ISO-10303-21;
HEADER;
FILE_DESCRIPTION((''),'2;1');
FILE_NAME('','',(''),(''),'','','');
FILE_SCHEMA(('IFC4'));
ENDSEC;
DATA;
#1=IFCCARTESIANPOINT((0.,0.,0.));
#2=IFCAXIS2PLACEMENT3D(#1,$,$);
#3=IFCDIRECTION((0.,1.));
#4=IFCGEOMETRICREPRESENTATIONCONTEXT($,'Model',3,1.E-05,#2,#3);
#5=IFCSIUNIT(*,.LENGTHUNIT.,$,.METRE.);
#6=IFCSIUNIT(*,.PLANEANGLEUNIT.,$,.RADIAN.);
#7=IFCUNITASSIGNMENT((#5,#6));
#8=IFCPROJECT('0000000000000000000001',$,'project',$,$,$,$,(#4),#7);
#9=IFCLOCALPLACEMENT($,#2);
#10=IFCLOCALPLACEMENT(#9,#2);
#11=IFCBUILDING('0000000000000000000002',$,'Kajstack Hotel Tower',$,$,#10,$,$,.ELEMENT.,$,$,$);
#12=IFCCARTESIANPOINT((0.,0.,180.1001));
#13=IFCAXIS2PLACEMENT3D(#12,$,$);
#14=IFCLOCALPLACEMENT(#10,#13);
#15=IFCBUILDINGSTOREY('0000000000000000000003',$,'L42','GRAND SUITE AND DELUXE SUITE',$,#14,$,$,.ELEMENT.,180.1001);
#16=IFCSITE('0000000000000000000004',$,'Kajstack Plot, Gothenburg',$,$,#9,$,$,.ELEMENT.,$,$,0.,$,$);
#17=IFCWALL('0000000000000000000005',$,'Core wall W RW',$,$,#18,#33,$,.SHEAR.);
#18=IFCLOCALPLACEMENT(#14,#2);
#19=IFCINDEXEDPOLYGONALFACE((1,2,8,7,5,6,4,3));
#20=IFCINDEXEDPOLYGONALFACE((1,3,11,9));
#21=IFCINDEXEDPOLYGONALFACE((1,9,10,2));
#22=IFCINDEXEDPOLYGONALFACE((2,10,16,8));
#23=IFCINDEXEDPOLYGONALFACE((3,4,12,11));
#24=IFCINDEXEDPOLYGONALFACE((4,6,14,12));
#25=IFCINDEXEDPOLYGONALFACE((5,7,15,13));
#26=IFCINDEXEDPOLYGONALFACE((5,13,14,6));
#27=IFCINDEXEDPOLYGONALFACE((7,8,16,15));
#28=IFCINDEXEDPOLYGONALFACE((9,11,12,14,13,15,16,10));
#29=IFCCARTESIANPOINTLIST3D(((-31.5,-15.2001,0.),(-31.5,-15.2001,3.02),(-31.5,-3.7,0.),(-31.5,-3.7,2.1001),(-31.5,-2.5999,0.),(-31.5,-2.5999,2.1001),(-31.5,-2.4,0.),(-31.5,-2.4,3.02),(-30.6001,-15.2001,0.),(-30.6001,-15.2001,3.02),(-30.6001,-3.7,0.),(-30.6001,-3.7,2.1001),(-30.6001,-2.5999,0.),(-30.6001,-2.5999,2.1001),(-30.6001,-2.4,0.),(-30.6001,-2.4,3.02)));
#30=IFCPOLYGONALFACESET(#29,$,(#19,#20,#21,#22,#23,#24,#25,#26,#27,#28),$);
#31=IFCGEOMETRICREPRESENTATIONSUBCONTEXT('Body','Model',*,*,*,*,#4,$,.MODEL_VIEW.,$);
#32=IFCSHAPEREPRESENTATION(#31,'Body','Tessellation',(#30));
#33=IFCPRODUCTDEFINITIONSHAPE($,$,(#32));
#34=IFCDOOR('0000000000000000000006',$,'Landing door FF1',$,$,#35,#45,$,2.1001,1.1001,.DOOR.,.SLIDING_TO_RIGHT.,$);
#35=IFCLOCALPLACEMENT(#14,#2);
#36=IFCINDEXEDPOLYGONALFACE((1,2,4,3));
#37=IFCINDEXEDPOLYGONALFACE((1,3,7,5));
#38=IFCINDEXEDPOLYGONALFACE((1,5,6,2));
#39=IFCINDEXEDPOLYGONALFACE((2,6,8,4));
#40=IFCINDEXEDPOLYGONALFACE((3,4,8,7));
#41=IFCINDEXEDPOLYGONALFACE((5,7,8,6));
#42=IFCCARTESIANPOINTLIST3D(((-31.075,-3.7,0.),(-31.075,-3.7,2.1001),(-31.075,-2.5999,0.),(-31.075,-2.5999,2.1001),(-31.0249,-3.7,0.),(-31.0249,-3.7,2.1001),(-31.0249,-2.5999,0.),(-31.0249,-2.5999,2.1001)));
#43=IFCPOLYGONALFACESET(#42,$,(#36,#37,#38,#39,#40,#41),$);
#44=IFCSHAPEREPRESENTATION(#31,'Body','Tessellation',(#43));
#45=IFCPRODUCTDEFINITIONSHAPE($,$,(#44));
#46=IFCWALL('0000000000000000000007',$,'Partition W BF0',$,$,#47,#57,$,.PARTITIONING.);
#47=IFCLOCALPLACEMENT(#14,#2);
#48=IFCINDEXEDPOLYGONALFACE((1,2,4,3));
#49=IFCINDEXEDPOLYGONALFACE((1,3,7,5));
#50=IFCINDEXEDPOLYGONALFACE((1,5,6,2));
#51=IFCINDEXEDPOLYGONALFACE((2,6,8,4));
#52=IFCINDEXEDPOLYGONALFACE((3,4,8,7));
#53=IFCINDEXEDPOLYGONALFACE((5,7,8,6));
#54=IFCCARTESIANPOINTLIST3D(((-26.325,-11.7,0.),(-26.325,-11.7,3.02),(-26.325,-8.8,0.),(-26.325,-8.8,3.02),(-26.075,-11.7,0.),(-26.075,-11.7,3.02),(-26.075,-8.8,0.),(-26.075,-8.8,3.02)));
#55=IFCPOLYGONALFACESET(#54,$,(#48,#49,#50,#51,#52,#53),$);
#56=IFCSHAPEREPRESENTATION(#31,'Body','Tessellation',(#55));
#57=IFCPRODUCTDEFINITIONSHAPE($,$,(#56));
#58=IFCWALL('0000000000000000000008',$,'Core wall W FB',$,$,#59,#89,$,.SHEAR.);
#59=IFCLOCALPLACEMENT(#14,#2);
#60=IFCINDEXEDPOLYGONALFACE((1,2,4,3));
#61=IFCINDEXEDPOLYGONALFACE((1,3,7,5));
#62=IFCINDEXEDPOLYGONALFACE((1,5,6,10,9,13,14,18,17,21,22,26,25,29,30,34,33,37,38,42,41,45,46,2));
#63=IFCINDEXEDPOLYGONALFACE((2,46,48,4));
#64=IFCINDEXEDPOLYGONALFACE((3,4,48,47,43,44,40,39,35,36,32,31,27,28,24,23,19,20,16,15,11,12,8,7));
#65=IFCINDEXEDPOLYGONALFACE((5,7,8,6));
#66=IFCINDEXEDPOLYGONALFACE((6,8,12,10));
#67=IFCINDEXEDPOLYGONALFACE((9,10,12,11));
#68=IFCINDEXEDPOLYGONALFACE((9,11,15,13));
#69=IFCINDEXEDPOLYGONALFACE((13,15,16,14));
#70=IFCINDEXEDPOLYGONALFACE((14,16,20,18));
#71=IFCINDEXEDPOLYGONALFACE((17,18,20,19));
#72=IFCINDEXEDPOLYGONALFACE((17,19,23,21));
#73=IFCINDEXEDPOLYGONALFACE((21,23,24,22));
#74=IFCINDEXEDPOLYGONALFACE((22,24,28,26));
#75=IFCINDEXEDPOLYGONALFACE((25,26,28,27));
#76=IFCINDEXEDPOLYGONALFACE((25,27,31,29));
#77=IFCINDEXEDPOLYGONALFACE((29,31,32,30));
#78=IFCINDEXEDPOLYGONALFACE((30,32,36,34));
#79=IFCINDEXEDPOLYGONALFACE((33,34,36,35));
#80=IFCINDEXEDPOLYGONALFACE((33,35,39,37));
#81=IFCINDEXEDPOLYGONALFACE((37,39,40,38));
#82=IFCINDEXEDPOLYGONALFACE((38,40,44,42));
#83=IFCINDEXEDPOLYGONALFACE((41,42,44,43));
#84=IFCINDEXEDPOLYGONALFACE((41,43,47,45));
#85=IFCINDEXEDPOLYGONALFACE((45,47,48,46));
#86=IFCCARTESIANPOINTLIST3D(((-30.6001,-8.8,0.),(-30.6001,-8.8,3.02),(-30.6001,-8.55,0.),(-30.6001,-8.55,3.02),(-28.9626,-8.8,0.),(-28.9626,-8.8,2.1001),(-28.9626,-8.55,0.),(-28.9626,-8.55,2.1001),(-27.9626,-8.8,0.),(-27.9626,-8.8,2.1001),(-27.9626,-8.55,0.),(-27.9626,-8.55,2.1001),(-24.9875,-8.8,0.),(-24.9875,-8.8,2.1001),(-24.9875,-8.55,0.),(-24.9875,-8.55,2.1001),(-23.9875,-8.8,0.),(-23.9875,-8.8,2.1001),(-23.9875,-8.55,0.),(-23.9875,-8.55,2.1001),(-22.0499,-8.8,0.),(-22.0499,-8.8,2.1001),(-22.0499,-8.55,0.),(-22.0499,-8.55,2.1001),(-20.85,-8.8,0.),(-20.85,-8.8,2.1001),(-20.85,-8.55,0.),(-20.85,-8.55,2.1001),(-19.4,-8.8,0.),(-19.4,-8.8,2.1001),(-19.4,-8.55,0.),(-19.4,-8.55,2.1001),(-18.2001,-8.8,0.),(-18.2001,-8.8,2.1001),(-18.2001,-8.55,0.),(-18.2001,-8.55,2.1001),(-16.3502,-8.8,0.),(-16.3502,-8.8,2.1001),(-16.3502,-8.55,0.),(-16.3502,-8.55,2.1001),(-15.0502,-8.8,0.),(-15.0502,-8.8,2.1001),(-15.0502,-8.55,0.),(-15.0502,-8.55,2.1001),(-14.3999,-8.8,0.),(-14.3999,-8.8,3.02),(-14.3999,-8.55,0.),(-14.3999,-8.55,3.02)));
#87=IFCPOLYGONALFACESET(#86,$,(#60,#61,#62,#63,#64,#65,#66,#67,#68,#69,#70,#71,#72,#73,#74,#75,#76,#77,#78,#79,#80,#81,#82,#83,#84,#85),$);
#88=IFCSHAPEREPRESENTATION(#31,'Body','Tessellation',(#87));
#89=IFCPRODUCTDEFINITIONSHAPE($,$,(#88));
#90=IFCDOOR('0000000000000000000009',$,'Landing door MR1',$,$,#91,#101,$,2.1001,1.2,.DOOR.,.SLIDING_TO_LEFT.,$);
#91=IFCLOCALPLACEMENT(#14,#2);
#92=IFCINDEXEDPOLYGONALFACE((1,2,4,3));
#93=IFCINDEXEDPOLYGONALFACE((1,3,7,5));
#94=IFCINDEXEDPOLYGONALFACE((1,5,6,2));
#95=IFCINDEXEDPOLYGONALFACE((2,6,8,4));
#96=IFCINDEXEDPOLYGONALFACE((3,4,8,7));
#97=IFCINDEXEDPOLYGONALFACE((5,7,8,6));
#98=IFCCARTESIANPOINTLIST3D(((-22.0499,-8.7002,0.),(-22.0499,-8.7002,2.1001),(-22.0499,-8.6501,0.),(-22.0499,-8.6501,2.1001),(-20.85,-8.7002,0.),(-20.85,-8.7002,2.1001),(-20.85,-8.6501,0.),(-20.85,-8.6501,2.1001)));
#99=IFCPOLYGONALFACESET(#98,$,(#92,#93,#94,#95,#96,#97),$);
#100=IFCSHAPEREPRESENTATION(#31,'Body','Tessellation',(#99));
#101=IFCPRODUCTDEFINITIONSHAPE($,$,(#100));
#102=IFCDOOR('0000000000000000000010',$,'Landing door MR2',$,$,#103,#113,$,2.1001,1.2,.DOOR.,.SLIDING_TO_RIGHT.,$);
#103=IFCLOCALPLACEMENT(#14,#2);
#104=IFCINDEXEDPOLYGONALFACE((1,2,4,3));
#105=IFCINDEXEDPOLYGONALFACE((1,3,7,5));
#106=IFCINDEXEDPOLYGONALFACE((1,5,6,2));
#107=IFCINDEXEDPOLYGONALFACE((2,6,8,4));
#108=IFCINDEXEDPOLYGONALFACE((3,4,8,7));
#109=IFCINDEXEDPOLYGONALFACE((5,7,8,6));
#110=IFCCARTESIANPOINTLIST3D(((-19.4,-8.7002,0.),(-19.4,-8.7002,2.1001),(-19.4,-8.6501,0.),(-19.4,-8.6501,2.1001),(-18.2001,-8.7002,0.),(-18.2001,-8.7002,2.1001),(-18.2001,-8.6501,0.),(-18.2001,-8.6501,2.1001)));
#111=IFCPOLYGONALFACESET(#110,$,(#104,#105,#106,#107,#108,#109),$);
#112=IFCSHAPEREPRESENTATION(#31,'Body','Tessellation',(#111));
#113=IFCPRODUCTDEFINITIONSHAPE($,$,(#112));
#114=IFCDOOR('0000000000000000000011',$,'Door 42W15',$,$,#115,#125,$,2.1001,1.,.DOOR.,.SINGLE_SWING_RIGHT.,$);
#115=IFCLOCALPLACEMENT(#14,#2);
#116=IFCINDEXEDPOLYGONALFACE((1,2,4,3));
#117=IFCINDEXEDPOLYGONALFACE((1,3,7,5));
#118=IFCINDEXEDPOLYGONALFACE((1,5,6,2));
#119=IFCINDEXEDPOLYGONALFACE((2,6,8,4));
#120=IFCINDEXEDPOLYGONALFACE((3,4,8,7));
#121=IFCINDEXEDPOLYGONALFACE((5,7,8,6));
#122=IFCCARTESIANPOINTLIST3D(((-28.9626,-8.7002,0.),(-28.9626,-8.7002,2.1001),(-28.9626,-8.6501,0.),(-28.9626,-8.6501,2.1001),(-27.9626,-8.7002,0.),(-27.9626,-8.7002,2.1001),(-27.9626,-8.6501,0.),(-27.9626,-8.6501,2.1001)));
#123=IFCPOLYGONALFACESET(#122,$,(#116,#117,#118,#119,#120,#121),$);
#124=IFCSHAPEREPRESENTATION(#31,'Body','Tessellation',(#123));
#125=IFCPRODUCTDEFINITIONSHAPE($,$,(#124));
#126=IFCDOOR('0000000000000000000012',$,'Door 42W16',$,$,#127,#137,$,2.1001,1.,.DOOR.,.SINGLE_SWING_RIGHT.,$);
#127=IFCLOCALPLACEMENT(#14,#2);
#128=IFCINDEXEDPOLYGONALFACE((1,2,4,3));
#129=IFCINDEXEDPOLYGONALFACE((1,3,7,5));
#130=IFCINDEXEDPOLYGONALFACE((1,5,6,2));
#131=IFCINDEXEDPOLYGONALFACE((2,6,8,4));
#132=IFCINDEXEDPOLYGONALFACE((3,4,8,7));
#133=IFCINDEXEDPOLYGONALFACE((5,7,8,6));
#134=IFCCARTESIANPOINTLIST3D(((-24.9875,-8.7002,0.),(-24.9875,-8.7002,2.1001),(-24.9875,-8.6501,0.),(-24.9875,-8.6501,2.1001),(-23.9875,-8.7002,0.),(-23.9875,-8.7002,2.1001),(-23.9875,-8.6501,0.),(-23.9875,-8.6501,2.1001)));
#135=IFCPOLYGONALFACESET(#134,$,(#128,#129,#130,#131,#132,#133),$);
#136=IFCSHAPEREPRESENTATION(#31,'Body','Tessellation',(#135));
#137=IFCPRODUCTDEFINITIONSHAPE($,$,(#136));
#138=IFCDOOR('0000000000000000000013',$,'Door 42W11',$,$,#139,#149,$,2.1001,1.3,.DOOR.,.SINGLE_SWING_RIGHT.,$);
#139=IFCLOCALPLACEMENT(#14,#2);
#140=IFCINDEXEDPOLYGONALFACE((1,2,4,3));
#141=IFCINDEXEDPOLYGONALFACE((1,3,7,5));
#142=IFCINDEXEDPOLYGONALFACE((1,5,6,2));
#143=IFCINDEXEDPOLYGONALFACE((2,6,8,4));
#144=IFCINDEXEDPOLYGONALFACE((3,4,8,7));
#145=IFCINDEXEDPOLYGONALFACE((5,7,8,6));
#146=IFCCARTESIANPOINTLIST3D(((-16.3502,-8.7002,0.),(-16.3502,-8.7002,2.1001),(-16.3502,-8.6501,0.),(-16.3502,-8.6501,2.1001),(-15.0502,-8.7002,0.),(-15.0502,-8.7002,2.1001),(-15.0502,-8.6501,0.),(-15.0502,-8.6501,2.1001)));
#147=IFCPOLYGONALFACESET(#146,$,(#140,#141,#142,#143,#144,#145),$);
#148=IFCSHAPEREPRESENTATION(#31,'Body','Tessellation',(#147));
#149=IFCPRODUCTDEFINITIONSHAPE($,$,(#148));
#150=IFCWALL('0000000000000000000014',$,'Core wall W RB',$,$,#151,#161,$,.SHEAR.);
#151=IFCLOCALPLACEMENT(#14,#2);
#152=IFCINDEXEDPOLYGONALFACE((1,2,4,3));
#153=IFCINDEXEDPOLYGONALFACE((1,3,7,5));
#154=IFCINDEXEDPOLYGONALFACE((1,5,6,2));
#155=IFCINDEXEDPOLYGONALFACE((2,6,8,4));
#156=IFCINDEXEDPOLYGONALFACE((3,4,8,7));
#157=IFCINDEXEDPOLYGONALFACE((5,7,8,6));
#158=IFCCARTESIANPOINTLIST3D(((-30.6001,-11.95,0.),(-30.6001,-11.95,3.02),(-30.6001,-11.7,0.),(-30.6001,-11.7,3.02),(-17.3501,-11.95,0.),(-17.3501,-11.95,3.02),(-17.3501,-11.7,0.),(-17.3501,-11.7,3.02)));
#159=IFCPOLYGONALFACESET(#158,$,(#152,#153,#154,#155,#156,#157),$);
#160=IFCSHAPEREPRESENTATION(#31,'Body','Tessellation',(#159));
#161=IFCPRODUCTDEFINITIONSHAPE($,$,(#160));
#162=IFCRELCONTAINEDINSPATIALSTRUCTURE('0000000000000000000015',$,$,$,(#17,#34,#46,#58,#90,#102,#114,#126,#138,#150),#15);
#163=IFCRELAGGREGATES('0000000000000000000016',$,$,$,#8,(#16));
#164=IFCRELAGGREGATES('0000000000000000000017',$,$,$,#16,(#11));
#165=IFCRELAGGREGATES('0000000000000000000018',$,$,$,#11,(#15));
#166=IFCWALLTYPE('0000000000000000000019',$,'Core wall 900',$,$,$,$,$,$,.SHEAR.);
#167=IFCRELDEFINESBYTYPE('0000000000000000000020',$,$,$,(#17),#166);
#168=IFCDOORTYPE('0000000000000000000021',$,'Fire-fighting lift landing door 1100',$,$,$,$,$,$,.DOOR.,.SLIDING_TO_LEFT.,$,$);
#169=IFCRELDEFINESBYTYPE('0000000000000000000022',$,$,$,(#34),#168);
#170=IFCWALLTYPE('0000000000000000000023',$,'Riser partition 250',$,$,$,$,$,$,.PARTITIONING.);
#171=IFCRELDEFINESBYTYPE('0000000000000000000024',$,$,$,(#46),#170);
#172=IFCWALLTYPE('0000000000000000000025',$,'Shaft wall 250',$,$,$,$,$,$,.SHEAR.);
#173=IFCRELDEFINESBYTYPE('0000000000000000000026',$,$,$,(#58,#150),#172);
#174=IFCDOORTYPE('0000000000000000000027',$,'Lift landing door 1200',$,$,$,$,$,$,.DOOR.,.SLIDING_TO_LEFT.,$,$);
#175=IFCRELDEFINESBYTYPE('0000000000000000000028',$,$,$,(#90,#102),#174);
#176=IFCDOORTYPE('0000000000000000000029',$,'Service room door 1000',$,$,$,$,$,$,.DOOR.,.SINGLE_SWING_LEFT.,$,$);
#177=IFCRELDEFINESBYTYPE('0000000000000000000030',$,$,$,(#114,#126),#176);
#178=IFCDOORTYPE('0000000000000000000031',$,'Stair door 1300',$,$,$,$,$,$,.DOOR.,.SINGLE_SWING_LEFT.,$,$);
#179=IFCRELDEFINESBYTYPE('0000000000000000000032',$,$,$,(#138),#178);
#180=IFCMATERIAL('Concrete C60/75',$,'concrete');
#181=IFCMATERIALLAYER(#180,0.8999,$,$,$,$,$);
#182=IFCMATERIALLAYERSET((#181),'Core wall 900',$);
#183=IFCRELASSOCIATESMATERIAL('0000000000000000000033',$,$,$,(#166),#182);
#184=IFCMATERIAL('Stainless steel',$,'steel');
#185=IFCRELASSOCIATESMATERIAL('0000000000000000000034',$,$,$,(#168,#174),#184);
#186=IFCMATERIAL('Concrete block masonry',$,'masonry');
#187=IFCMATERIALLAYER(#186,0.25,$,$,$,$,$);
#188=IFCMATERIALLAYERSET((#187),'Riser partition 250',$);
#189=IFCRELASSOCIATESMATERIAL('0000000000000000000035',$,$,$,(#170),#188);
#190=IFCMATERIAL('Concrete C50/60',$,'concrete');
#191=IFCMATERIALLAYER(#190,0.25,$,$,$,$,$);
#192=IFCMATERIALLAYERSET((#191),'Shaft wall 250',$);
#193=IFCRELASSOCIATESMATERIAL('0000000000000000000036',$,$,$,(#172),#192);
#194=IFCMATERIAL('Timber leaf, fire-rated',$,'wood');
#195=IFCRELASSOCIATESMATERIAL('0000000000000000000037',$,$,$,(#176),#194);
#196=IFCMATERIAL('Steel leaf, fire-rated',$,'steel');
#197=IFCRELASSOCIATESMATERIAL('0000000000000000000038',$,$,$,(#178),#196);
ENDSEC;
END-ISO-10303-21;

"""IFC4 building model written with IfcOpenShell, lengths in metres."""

from ifc_helpers import new_model, si_unit, direction, frame, frame_2d, origin, place, context, subcontext, project, spatial, rectangle, extrude, material, layer, layer_set, type_object, element, fill, save


model = new_model("IFC4")

# Units and contexts
model_context = context("Model", 3, precision=1e-05, world=origin(), true_north=direction((0.0, 1.0)))
body_context = subcontext(model_context, "Body", "Model", "MODEL_VIEW")
ifc_project = project(units=[si_unit("LENGTHUNIT", "METRE"), si_unit("PLANEANGLEUNIT", "RADIAN")], contexts=[model_context])

# Site, building, storey
site_placement = place(None, origin())
site = spatial("IfcSite", under=ifc_project, at=site_placement, Name="Kajstack Plot, Gothenburg", CompositionType="ELEMENT", RefElevation=0.0)
building_placement = place(site_placement, origin())
building = spatial("IfcBuilding", under=site, at=building_placement, Name="Kajstack Hotel Tower", CompositionType="ELEMENT")
storey_placement = place(building_placement, frame((0.0, 0.0, 180.1001)))
storey = spatial("IfcBuildingStorey", under=building, at=storey_placement, Name="L42", Description="GRAND SUITE AND DELUXE SUITE", CompositionType="ELEMENT", Elevation=180.1001)

# Wall, opening, door
ifc_material_1 = material(Name="Concrete C60/75", Category="concrete")
ifc_layer_1 = layer(ifc_material_1, 0.8999)
ifc_layer_set_1 = layer_set([ifc_layer_1], Name="Core wall 900")
wall_type_1 = type_object("IfcWallType", Name="Core wall 900", PredefinedType="SHEAR", material=ifc_layer_set_1)
wall_1_placement = place(storey_placement, frame((-31.05, -15.2, 0.0), z_axis=(0.0, 0.0, 1.0), x_axis=(0.0, 1.0, 0.0)))
wall_1 = element("IfcWall", 1, at=wall_1_placement, inside=storey, type_object=wall_type_1, Name="Core wall W RW", PredefinedType="SHEAR", context=body_context, shape_type="SweptSolid", body=[
    extrude(rectangle(XDim=12.8, YDim=0.8999, at=frame_2d((6.3999, 0.0))), origin(), (0.0, 0.0, 1.0), 3.02),
])
opening_1_placement = place(wall_1_placement, frame((11.5, 0.0, 0.0)))
opening_1 = element("IfcOpeningElement", 2, at=opening_1_placement, cuts=wall_1, PredefinedType="OPENING", context=body_context, shape_type="SweptSolid", body=[
    extrude(rectangle(XDim=1.1001, YDim=2.1001, at=frame_2d((0.55, 1.05))), frame((0.0, 0.46, 0.0), z_axis=(0.0, -1.0, 0.0), x_axis=(1.0, 0.0, 0.0)), (0.0, 0.0, 1.0), 0.9199),
])
ifc_material_2 = material(Name="Stainless steel", Category="steel")
door_type_1 = type_object("IfcDoorType", Name="Fire-fighting lift landing door 1100", OperationType="SLIDING_TO_LEFT", PredefinedType="DOOR", material=ifc_material_2)
door_1_placement = place(opening_1_placement, origin())
door_1 = element("IfcDoor", 3, at=door_1_placement, inside=storey, type_object=door_type_1, Name="Landing door FF1", OperationType="SLIDING_TO_RIGHT", OverallHeight=2.1001, OverallWidth=1.1001, PredefinedType="DOOR", context=body_context, shape_type="SweptSolid", body=[
    extrude(rectangle(XDim=1.1001, YDim=2.1001, at=frame_2d((0.55, 1.05))), frame((0.0, 0.0249, 0.0), z_axis=(0.0, -1.0, 0.0), x_axis=(1.0, 0.0, 0.0)), (0.0, 0.0, 1.0), 0.05),
])
fill(opening_1, door_1)

# Wall
ifc_material_3 = material(Name="Concrete block masonry", Category="masonry")
ifc_layer_2 = layer(ifc_material_3, 0.25)
ifc_layer_set_2 = layer_set([ifc_layer_2], Name="Riser partition 250")
wall_type_2 = type_object("IfcWallType", Name="Riser partition 250", PredefinedType="PARTITIONING", material=ifc_layer_set_2)
wall_2_placement = place(storey_placement, frame((-26.2, -11.7, 0.0), z_axis=(0.0, 0.0, 1.0), x_axis=(0.0, 1.0, 0.0)))
element("IfcWall", 4, at=wall_2_placement, inside=storey, type_object=wall_type_2, Name="Partition W BF0", PredefinedType="PARTITIONING", context=body_context, shape_type="SweptSolid", body=[
    extrude(rectangle(XDim=2.8999, YDim=0.25, at=frame_2d((1.45, 0.0))), origin(), (0.0, 0.0, 1.0), 3.02),
])

# Wall, openings, doors
ifc_material_4 = material(Name="Concrete C50/60", Category="concrete")
ifc_layer_3 = layer(ifc_material_4, 0.25)
ifc_layer_set_3 = layer_set([ifc_layer_3], Name="Shaft wall 250")
wall_type_3 = type_object("IfcWallType", Name="Shaft wall 250", PredefinedType="SHEAR", material=ifc_layer_set_3)
wall_3_placement = place(storey_placement, frame((-30.6001, -8.675, 0.0), z_axis=(0.0, 0.0, 1.0), x_axis=(1.0, 0.0, 0.0)))
wall_3 = element("IfcWall", 5, at=wall_3_placement, inside=storey, type_object=wall_type_3, Name="Core wall W FB", PredefinedType="SHEAR", context=body_context, shape_type="SweptSolid", body=[
    extrude(rectangle(XDim=16.2002, YDim=0.25, at=frame_2d((8.1001, 0.0))), origin(), (0.0, 0.0, 1.0), 3.02),
])
opening_2_placement = place(wall_3_placement, frame((8.55, 0.0, 0.0)))
opening_2 = element("IfcOpeningElement", 6, at=opening_2_placement, cuts=wall_3, PredefinedType="OPENING", context=body_context, shape_type="SweptSolid", body=[
    extrude(rectangle(XDim=1.2, YDim=2.1001, at=frame_2d((0.6001, 1.05))), frame((0.0, 0.135, 0.0), z_axis=(0.0, -1.0, 0.0), x_axis=(1.0, 0.0, 0.0)), (0.0, 0.0, 1.0), 0.27),
])
opening_3_placement = place(wall_3_placement, frame((11.2, 0.0, 0.0)))
opening_3 = element("IfcOpeningElement", 7, at=opening_3_placement, cuts=wall_3, PredefinedType="OPENING", context=body_context, shape_type="SweptSolid", body=[
    extrude(rectangle(XDim=1.2, YDim=2.1001, at=frame_2d((0.6001, 1.05))), frame((0.0, 0.135, 0.0), z_axis=(0.0, -1.0, 0.0), x_axis=(1.0, 0.0, 0.0)), (0.0, 0.0, 1.0), 0.27),
])
opening_4_placement = place(wall_3_placement, frame((14.25, 0.0, 0.0)))
opening_4 = element("IfcOpeningElement", 8, at=opening_4_placement, cuts=wall_3, PredefinedType="OPENING", context=body_context, shape_type="SweptSolid", body=[
    extrude(rectangle(XDim=1.3, YDim=2.1001, at=frame_2d((0.6499, 1.05))), frame((0.0, 0.135, 0.0), z_axis=(0.0, -1.0, 0.0), x_axis=(1.0, 0.0, 0.0)), (0.0, 0.0, 1.0), 0.27),
])
opening_5_placement = place(wall_3_placement, frame((1.6375, 0.0, 0.0)))
opening_5 = element("IfcOpeningElement", 9, at=opening_5_placement, cuts=wall_3, PredefinedType="OPENING", context=body_context, shape_type="SweptSolid", body=[
    extrude(rectangle(XDim=1.0, YDim=2.1001, at=frame_2d((0.5, 1.05))), frame((0.0, 0.135, 0.0), z_axis=(0.0, -1.0, 0.0), x_axis=(1.0, 0.0, 0.0)), (0.0, 0.0, 1.0), 0.27),
])
opening_6_placement = place(wall_3_placement, frame((5.6125, 0.0, 0.0)))
opening_6 = element("IfcOpeningElement", 10, at=opening_6_placement, cuts=wall_3, PredefinedType="OPENING", context=body_context, shape_type="SweptSolid", body=[
    extrude(rectangle(XDim=1.0, YDim=2.1001, at=frame_2d((0.5, 1.05))), frame((0.0, 0.135, 0.0), z_axis=(0.0, -1.0, 0.0), x_axis=(1.0, 0.0, 0.0)), (0.0, 0.0, 1.0), 0.27),
])
door_type_2 = type_object("IfcDoorType", Name="Lift landing door 1200", OperationType="SLIDING_TO_LEFT", PredefinedType="DOOR", material=ifc_material_2)
door_2_placement = place(opening_2_placement, origin())
door_2 = element("IfcDoor", 11, at=door_2_placement, inside=storey, type_object=door_type_2, Name="Landing door MR1", OperationType="SLIDING_TO_LEFT", OverallHeight=2.1001, OverallWidth=1.2, PredefinedType="DOOR", context=body_context, shape_type="SweptSolid", body=[
    extrude(rectangle(XDim=1.2, YDim=2.1001, at=frame_2d((0.6001, 1.05))), frame((0.0, 0.0249, 0.0), z_axis=(0.0, -1.0, 0.0), x_axis=(1.0, 0.0, 0.0)), (0.0, 0.0, 1.0), 0.05),
])
fill(opening_2, door_2)
door_3_placement = place(opening_3_placement, origin())
door_3 = element("IfcDoor", 12, at=door_3_placement, inside=storey, type_object=door_type_2, Name="Landing door MR2", OperationType="SLIDING_TO_RIGHT", OverallHeight=2.1001, OverallWidth=1.2, PredefinedType="DOOR", context=body_context, shape_type="SweptSolid", body=[
    extrude(rectangle(XDim=1.2, YDim=2.1001, at=frame_2d((0.6001, 1.05))), frame((0.0, 0.0249, 0.0), z_axis=(0.0, -1.0, 0.0), x_axis=(1.0, 0.0, 0.0)), (0.0, 0.0, 1.0), 0.05),
])
fill(opening_3, door_3)
ifc_material_5 = material(Name="Timber leaf, fire-rated", Category="wood")
door_type_3 = type_object("IfcDoorType", Name="Service room door 1000", OperationType="SINGLE_SWING_LEFT", PredefinedType="DOOR", material=ifc_material_5)
door_4_placement = place(opening_5_placement, origin())
door_4 = element("IfcDoor", 13, at=door_4_placement, inside=storey, type_object=door_type_3, Name="Door 42W15", OperationType="SINGLE_SWING_RIGHT", OverallHeight=2.1001, OverallWidth=1.0, PredefinedType="DOOR", context=body_context, shape_type="SweptSolid", body=[
    extrude(rectangle(XDim=1.0, YDim=2.1001, at=frame_2d((0.5, 1.05))), frame((0.0, 0.0249, 0.0), z_axis=(0.0, -1.0, 0.0), x_axis=(1.0, 0.0, 0.0)), (0.0, 0.0, 1.0), 0.05),
])
fill(opening_5, door_4)
door_5_placement = place(opening_6_placement, origin())
door_5 = element("IfcDoor", 14, at=door_5_placement, inside=storey, type_object=door_type_3, Name="Door 42W16", OperationType="SINGLE_SWING_RIGHT", OverallHeight=2.1001, OverallWidth=1.0, PredefinedType="DOOR", context=body_context, shape_type="SweptSolid", body=[
    extrude(rectangle(XDim=1.0, YDim=2.1001, at=frame_2d((0.5, 1.05))), frame((0.0, 0.0249, 0.0), z_axis=(0.0, -1.0, 0.0), x_axis=(1.0, 0.0, 0.0)), (0.0, 0.0, 1.0), 0.05),
])
fill(opening_6, door_5)
ifc_material_6 = material(Name="Steel leaf, fire-rated", Category="steel")
door_type_4 = type_object("IfcDoorType", Name="Stair door 1300", OperationType="SINGLE_SWING_LEFT", PredefinedType="DOOR", material=ifc_material_6)
door_6_placement = place(opening_4_placement, origin())
door_6 = element("IfcDoor", 15, at=door_6_placement, inside=storey, type_object=door_type_4, Name="Door 42W11", OperationType="SINGLE_SWING_RIGHT", OverallHeight=2.1001, OverallWidth=1.3, PredefinedType="DOOR", context=body_context, shape_type="SweptSolid", body=[
    extrude(rectangle(XDim=1.3, YDim=2.1001, at=frame_2d((0.6499, 1.05))), frame((0.0, 0.0249, 0.0), z_axis=(0.0, -1.0, 0.0), x_axis=(1.0, 0.0, 0.0)), (0.0, 0.0, 1.0), 0.05),
])
fill(opening_4, door_6)

# Wall
wall_4_placement = place(storey_placement, frame((-30.6001, -11.825, 0.0), z_axis=(0.0, 0.0, 1.0), x_axis=(1.0, 0.0, 0.0)))
element("IfcWall", 16, at=wall_4_placement, inside=storey, type_object=wall_type_3, Name="Core wall W RB", PredefinedType="SHEAR", context=body_context, shape_type="SweptSolid", body=[
    extrude(rectangle(XDim=13.25, YDim=0.25, at=frame_2d((6.625, 0.0))), origin(), (0.0, 0.0, 1.0), 3.02),
])

save(model, "model.ifc")
